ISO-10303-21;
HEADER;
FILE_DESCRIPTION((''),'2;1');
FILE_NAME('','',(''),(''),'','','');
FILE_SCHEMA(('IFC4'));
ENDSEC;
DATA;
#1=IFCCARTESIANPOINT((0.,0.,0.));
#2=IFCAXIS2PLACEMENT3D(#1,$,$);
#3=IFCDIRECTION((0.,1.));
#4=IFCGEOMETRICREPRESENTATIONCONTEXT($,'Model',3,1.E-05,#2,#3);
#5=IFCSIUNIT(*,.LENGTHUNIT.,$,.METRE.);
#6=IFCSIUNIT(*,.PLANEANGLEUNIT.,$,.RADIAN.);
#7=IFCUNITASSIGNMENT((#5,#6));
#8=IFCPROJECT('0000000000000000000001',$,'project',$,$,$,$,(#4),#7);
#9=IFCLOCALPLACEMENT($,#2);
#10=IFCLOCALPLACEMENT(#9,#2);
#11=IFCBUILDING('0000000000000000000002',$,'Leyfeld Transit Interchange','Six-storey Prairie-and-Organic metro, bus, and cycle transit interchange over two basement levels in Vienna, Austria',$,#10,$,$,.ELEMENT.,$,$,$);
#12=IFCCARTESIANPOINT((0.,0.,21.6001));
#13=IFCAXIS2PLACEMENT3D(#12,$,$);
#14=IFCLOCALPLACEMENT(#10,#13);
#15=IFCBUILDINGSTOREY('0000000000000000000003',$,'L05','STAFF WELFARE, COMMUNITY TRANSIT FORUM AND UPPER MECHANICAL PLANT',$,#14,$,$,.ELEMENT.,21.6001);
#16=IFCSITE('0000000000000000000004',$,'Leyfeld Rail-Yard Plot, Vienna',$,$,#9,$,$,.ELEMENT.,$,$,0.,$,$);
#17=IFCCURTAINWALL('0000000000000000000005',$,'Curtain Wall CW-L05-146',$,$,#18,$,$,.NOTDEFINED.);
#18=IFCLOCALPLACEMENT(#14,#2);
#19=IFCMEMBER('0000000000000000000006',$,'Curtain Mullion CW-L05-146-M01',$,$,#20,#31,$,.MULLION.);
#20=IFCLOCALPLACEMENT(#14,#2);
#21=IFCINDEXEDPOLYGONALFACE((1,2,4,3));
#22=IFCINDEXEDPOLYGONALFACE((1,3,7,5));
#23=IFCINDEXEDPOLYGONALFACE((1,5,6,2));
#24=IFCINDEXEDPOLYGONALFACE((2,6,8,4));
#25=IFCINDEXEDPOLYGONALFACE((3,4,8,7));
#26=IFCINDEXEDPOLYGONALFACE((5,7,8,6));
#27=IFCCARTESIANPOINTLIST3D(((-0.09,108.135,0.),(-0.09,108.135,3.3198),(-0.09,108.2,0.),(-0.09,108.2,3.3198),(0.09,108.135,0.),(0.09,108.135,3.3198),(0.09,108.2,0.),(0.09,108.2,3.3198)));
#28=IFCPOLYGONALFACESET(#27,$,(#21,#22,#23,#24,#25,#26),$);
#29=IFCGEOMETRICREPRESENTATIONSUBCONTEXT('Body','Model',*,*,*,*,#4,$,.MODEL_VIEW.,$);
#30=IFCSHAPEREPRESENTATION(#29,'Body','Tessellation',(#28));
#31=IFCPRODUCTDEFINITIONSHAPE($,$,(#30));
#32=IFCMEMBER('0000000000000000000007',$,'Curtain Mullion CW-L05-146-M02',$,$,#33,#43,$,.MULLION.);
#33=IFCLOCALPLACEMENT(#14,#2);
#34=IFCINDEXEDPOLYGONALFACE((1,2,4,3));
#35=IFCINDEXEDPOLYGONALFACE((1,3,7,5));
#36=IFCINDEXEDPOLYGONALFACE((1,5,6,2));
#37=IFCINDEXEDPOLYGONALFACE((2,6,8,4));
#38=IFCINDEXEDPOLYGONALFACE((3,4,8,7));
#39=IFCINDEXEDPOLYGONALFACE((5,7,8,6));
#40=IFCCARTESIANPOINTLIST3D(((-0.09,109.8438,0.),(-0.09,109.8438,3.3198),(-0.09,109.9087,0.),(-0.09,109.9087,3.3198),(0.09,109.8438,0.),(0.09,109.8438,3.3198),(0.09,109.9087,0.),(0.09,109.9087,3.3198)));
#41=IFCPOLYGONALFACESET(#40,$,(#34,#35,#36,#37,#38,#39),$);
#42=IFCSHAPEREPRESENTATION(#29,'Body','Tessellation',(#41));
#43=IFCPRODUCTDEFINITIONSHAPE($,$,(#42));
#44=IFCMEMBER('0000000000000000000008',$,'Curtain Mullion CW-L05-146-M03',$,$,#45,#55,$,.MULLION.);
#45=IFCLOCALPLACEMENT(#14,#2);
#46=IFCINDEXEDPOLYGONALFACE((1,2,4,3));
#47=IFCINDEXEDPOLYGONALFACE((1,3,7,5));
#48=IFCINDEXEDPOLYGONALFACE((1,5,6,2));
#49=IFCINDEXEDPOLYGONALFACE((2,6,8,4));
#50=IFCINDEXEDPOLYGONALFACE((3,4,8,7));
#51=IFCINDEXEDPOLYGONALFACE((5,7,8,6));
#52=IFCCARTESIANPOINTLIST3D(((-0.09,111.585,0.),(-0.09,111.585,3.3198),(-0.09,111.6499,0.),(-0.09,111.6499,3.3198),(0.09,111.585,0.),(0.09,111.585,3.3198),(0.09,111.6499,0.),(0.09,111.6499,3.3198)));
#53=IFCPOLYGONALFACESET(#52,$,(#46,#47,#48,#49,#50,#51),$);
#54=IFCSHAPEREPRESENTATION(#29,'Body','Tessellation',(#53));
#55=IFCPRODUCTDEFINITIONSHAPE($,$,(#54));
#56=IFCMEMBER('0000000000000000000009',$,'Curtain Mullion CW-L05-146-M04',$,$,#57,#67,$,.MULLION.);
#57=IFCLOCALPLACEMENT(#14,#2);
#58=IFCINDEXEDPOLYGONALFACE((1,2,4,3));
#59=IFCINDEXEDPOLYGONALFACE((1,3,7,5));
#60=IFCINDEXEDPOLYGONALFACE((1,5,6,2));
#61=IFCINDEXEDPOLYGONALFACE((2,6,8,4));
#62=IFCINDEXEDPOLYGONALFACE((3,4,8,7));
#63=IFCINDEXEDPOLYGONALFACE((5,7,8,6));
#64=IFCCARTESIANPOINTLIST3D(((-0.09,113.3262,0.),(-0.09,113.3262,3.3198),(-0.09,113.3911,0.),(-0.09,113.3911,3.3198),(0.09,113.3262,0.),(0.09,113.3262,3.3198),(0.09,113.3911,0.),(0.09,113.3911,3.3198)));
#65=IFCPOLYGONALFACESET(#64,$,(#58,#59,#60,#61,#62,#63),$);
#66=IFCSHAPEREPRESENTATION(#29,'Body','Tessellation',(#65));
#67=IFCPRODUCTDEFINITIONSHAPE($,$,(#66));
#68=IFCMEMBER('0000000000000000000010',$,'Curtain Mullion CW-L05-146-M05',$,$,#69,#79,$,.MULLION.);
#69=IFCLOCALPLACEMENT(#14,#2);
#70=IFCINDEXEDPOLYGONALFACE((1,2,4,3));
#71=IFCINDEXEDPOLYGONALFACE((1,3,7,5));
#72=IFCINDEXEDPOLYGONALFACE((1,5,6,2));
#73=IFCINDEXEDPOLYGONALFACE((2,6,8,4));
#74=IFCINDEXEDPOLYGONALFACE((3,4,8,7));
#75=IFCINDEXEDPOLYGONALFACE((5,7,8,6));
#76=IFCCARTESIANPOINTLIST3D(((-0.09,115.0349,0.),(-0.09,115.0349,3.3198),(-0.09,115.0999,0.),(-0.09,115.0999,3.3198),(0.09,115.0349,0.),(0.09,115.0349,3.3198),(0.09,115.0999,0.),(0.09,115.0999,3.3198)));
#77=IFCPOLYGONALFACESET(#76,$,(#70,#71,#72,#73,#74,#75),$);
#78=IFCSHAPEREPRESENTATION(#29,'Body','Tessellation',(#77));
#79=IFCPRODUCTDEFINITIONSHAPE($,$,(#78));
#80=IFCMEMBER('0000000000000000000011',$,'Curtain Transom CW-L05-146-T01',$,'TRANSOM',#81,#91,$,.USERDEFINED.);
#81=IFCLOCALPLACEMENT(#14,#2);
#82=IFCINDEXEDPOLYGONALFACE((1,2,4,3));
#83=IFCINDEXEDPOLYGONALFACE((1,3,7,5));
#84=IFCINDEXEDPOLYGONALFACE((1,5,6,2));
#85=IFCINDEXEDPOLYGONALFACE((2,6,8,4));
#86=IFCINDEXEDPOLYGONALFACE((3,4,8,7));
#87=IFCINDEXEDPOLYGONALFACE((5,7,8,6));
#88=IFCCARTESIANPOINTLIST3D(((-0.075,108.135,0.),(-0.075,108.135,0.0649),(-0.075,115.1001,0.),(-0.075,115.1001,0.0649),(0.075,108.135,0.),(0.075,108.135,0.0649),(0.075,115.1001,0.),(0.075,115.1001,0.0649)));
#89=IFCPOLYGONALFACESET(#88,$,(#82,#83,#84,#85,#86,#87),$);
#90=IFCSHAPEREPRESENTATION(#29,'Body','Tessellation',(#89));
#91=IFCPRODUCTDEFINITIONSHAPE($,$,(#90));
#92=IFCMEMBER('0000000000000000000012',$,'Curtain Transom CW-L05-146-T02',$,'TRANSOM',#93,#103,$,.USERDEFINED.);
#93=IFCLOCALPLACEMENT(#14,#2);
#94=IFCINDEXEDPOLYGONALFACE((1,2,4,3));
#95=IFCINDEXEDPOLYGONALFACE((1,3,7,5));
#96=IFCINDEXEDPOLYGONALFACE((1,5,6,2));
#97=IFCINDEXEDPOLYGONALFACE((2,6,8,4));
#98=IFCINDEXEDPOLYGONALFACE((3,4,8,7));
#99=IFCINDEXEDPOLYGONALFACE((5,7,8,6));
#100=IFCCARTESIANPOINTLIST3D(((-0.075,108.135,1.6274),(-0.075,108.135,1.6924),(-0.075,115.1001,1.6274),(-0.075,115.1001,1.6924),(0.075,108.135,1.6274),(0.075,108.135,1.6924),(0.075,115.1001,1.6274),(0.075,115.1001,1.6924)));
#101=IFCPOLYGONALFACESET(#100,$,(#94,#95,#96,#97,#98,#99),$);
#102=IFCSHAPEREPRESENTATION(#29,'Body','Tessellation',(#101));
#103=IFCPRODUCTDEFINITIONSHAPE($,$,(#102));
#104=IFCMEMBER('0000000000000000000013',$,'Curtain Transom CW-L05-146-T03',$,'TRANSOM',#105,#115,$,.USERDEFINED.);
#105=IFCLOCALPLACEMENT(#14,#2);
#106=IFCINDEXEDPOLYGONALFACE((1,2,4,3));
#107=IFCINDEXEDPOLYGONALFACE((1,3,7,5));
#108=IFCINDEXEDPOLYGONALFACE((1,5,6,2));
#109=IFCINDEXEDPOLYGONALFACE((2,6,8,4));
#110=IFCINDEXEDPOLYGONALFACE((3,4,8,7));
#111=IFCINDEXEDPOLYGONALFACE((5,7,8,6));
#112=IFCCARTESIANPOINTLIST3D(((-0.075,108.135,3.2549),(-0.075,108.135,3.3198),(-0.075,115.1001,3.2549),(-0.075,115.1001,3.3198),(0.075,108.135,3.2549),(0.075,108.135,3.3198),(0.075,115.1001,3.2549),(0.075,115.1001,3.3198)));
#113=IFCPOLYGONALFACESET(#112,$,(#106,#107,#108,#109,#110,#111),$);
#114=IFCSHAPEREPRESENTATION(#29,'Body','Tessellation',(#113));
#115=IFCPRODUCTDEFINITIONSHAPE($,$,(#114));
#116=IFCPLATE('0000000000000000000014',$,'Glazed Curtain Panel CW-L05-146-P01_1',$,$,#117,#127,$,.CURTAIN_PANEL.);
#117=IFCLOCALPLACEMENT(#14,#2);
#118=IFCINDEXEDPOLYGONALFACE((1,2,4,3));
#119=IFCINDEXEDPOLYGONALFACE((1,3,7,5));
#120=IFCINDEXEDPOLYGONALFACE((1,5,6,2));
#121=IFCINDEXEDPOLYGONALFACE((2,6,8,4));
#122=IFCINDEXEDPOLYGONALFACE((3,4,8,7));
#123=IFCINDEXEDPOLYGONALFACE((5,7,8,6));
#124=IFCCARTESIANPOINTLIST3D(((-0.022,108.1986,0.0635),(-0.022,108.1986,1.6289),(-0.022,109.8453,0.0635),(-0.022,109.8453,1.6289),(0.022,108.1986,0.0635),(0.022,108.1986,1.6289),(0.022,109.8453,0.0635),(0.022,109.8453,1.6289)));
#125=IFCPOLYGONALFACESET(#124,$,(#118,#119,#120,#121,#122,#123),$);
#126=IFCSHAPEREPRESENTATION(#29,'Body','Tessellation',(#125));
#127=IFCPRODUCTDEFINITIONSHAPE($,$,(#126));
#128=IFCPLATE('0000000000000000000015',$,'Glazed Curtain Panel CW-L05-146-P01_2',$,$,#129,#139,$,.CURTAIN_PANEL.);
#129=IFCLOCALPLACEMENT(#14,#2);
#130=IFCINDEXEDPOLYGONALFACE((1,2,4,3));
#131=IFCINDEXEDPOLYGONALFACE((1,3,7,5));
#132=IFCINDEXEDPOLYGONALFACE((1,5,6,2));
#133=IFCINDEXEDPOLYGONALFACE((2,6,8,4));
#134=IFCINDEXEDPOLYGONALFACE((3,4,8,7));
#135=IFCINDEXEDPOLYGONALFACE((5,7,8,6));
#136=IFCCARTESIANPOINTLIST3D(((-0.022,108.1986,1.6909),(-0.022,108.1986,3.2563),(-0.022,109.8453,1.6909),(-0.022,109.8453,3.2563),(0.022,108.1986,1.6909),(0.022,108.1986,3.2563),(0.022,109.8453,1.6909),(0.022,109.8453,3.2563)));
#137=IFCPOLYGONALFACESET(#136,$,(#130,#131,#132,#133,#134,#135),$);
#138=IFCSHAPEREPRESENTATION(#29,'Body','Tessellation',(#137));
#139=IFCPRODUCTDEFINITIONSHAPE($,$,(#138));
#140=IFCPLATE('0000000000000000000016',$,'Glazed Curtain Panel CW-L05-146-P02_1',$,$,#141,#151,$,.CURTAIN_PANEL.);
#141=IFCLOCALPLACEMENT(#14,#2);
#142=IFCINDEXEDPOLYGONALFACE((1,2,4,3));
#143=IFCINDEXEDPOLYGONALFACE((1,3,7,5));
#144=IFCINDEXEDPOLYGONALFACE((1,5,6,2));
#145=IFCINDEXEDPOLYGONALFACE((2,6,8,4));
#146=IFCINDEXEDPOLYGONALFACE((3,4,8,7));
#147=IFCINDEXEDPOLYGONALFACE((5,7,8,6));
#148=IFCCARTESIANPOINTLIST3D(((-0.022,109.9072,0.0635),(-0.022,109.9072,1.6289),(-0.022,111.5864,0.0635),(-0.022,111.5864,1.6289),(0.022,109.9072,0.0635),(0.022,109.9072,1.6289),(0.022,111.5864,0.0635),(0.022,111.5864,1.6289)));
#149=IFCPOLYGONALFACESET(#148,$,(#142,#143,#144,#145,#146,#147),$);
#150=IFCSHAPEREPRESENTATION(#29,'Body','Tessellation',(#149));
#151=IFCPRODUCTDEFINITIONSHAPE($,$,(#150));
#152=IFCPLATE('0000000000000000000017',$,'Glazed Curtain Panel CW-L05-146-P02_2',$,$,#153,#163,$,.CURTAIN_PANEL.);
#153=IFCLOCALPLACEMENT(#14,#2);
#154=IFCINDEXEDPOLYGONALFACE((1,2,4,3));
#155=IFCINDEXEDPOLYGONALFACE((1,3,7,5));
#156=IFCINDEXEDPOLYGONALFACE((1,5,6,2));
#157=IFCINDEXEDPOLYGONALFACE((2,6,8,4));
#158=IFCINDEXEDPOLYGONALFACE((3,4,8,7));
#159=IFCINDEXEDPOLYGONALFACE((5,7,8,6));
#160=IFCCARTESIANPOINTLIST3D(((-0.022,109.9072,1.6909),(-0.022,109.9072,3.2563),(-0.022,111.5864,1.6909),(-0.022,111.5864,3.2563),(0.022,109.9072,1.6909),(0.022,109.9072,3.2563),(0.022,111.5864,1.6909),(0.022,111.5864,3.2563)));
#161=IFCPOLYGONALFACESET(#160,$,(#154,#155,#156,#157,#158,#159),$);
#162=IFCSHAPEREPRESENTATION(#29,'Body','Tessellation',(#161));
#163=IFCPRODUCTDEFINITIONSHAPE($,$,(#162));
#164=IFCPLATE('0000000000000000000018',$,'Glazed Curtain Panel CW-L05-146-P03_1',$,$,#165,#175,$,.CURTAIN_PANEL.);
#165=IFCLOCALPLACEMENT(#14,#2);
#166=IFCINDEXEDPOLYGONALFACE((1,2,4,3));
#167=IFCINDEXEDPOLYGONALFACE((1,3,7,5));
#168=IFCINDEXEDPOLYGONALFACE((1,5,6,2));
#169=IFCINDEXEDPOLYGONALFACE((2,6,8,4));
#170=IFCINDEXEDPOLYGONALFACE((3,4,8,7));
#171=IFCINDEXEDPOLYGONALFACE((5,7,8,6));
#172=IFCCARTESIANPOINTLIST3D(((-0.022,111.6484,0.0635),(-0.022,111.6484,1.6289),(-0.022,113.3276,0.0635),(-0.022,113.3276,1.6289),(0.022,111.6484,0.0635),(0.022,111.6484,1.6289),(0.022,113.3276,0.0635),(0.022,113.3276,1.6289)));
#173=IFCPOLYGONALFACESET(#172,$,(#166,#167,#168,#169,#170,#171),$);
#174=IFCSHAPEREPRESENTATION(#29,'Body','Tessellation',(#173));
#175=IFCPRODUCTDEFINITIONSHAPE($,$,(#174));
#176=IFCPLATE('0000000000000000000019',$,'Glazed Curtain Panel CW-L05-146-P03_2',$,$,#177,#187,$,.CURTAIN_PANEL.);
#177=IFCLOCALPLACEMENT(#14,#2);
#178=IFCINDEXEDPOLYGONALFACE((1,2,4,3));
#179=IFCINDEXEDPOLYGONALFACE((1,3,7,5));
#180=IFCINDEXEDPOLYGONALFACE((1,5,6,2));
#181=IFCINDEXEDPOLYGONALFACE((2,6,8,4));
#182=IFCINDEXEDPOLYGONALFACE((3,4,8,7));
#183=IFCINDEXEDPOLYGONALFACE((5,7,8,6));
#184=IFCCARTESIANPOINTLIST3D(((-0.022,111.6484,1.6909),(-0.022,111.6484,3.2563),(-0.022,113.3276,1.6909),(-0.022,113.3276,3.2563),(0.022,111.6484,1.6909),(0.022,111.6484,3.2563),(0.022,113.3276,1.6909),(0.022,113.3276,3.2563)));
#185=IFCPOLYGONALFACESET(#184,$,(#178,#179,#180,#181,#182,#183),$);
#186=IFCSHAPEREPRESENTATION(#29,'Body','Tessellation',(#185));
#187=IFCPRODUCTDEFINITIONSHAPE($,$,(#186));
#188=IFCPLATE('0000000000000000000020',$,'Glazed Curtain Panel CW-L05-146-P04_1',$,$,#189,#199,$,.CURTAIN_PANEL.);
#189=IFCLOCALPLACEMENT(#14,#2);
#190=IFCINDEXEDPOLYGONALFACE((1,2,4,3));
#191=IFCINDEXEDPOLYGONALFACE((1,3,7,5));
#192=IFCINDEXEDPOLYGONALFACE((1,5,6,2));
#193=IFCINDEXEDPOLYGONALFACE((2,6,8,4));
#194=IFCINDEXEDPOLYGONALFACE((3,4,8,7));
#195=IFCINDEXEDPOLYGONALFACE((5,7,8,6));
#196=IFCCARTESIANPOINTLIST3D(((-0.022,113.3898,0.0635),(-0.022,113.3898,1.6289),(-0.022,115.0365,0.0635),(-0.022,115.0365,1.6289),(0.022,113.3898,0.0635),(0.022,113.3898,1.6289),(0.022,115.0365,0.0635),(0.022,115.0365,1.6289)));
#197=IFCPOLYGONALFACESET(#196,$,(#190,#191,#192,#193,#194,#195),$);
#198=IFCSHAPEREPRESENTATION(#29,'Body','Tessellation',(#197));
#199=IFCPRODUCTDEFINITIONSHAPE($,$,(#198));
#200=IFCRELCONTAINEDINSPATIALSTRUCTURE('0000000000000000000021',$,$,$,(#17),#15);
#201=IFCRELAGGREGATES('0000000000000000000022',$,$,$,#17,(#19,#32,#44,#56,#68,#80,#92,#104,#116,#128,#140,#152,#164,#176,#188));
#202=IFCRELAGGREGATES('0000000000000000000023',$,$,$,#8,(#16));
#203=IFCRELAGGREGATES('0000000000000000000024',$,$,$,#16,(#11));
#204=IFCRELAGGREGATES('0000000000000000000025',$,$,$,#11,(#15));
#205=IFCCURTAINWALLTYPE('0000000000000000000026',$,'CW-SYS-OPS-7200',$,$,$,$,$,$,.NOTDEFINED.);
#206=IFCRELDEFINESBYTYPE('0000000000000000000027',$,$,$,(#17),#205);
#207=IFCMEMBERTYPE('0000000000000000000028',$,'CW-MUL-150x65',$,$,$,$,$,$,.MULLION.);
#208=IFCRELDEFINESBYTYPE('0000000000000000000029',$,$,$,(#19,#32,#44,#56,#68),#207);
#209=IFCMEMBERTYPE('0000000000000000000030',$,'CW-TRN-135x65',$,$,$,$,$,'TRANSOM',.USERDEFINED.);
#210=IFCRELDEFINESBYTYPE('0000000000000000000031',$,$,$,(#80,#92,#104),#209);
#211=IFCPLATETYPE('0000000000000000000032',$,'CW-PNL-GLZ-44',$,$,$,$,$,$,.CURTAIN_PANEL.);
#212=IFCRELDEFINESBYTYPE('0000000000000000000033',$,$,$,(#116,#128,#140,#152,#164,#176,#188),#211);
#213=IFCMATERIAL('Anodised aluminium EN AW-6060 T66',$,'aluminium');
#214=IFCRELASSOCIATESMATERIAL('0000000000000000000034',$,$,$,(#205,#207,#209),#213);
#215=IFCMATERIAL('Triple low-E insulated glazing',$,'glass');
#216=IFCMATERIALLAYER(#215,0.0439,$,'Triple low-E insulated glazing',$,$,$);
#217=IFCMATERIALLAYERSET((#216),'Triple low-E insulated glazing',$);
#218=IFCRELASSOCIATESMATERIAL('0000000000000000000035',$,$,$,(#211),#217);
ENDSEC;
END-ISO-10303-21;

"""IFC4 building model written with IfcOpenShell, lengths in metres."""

from ifc_helpers import new_model, si_unit, direction, frame, origin, origin_2d, place, context, subcontext, project, spatial, rectangle, extrude, material, layer, layer_set, material_profile, profile_set, type_object, element, aggregate, save


model = new_model("IFC4")

# Units and contexts
model_context = context("Model", 3, precision=1e-05, world=origin(), true_north=direction((0.0, 1.0)))
body_context = subcontext(model_context, "Body", "Model", "MODEL_VIEW")
ifc_project = project(units=[si_unit("LENGTHUNIT", "METRE"), si_unit("PLANEANGLEUNIT", "RADIAN")], contexts=[model_context])

# Site, building, storey
site_placement = place(None, origin())
site = spatial("IfcSite", under=ifc_project, at=site_placement, Name="Leyfeld Rail-Yard Plot, Vienna", CompositionType="ELEMENT", RefElevation=0.0)
building_placement = place(site_placement, origin())
building = spatial("IfcBuilding", under=site, at=building_placement, Name="Leyfeld Transit Interchange", Description="Six-storey Prairie-and-Organic metro, bus, and cycle transit interchange over two basement levels in Vienna, Austria", CompositionType="ELEMENT")
storey_placement = place(building_placement, frame((0.0, 0.0, 21.6001)))
storey = spatial("IfcBuildingStorey", under=building, at=storey_placement, Name="L05", Description="STAFF WELFARE, COMMUNITY TRANSIT FORUM AND UPPER MECHANICAL PLANT", CompositionType="ELEMENT", Elevation=21.6001)

# Curtain wall, members, plates
ifc_material_1 = material(Name="Anodised aluminium EN AW-6060 T66", Category="aluminium")
curtain_wall_type = type_object("IfcCurtainWallType", Name="CW-SYS-OPS-7200", PredefinedType="NOTDEFINED", material=ifc_material_1)
curtain_wall_placement = place(storey_placement, origin())
curtain_wall = element("IfcCurtainWall", 1, at=curtain_wall_placement, inside=storey, type_object=curtain_wall_type, Name="Curtain Wall CW-L05-146", PredefinedType="NOTDEFINED")
ifc_material_profile_1 = material_profile(ifc_material_1, rectangle(XDim=0.0649, YDim=0.1799, at=origin_2d()), Name="CW-M 65x180")
ifc_profile_set_1 = profile_set([ifc_material_profile_1], Name="Anodised aluminium EN AW-6060 T66")
member_type_1 = type_object("IfcMemberType", Name="CW-MUL-150x65", PredefinedType="MULLION", material=ifc_profile_set_1)
member_1_placement = place(storey_placement, frame((0.0, 108.1675, 0.0), z_axis=(0.0, 0.0, 1.0), x_axis=(0.0, 1.0, 0.0)))
member_1 = element("IfcMember", 2, at=member_1_placement, type_object=member_type_1, Name="Curtain Mullion CW-L05-146-M01", PredefinedType="MULLION", context=body_context, shape_type="SweptSolid", body=[
    extrude(rectangle(XDim=0.0649, YDim=0.1799, at=origin_2d()), origin(), (0.0, 0.0, 1.0), 3.3198),
])
member_2_placement = place(storey_placement, frame((0.0, 109.8762, 0.0), z_axis=(0.0, 0.0, 1.0), x_axis=(0.0, 1.0, 0.0)))
member_2 = element("IfcMember", 3, at=member_2_placement, type_object=member_type_1, Name="Curtain Mullion CW-L05-146-M02", PredefinedType="MULLION", context=body_context, shape_type="SweptSolid", body=[
    extrude(rectangle(XDim=0.0649, YDim=0.1799, at=origin_2d()), origin(), (0.0, 0.0, 1.0), 3.3198),
])
member_3_placement = place(storey_placement, frame((0.0, 111.6174, 0.0), z_axis=(0.0, 0.0, 1.0), x_axis=(0.0, 1.0, 0.0)))
member_3 = element("IfcMember", 4, at=member_3_placement, type_object=member_type_1, Name="Curtain Mullion CW-L05-146-M03", PredefinedType="MULLION", context=body_context, shape_type="SweptSolid", body=[
    extrude(rectangle(XDim=0.0649, YDim=0.1799, at=origin_2d()), origin(), (0.0, 0.0, 1.0), 3.3198),
])
member_4_placement = place(storey_placement, frame((0.0, 113.3586, 0.0), z_axis=(0.0, 0.0, 1.0), x_axis=(0.0, 1.0, 0.0)))
member_4 = element("IfcMember", 5, at=member_4_placement, type_object=member_type_1, Name="Curtain Mullion CW-L05-146-M04", PredefinedType="MULLION", context=body_context, shape_type="SweptSolid", body=[
    extrude(rectangle(XDim=0.0649, YDim=0.1799, at=origin_2d()), origin(), (0.0, 0.0, 1.0), 3.3198),
])
member_5_placement = place(storey_placement, frame((0.0, 115.0674, 0.0), z_axis=(0.0, 0.0, 1.0), x_axis=(0.0, 1.0, 0.0)))
member_5 = element("IfcMember", 6, at=member_5_placement, type_object=member_type_1, Name="Curtain Mullion CW-L05-146-M05", PredefinedType="MULLION", context=body_context, shape_type="SweptSolid", body=[
    extrude(rectangle(XDim=0.0649, YDim=0.1799, at=origin_2d()), origin(), (0.0, 0.0, 1.0), 3.3198),
])
ifc_material_profile_2 = material_profile(ifc_material_1, rectangle(XDim=0.1499, YDim=0.0649, at=origin_2d()), Name="CW-TRN-135x65")
ifc_profile_set_2 = profile_set([ifc_material_profile_2], Name="Anodised aluminium EN AW-6060 T66")
member_type_2 = type_object("IfcMemberType", Name="CW-TRN-135x65", ElementType="TRANSOM", PredefinedType="USERDEFINED", material=ifc_profile_set_2)
member_6_placement = place(storey_placement, frame((0.0, 108.135, 0.0325), z_axis=(0.0, 1.0, 0.0), x_axis=(-1.0, 0.0, 0.0)))
member_6 = element("IfcMember", 7, at=member_6_placement, type_object=member_type_2, Name="Curtain Transom CW-L05-146-T01", ObjectType="TRANSOM", PredefinedType="USERDEFINED", context=body_context, shape_type="SweptSolid", body=[
    extrude(rectangle(XDim=0.1499, YDim=0.0649, at=origin_2d()), origin(), (0.0, 0.0, 1.0), 6.9651),
])
member_7_placement = place(storey_placement, frame((0.0, 108.135, 1.6599), z_axis=(0.0, 1.0, 0.0), x_axis=(-1.0, 0.0, 0.0)))
member_7 = element("IfcMember", 8, at=member_7_placement, type_object=member_type_2, Name="Curtain Transom CW-L05-146-T02", ObjectType="TRANSOM", PredefinedType="USERDEFINED", context=body_context, shape_type="SweptSolid", body=[
    extrude(rectangle(XDim=0.1499, YDim=0.0649, at=origin_2d()), origin(), (0.0, 0.0, 1.0), 6.9651),
])
member_8_placement = place(storey_placement, frame((0.0, 108.135, 3.2874), z_axis=(0.0, 1.0, 0.0), x_axis=(-1.0, 0.0, 0.0)))
member_8 = element("IfcMember", 9, at=member_8_placement, type_object=member_type_2, Name="Curtain Transom CW-L05-146-T03", ObjectType="TRANSOM", PredefinedType="USERDEFINED", context=body_context, shape_type="SweptSolid", body=[
    extrude(rectangle(XDim=0.1499, YDim=0.0649, at=origin_2d()), origin(), (0.0, 0.0, 1.0), 6.9651),
])
ifc_material_2 = material(Name="Triple low-E insulated glazing", Category="glass")
ifc_layer_1 = layer(ifc_material_2, 0.0439, Name="Triple low-E insulated glazing")
ifc_layer_set_1 = layer_set([ifc_layer_1], Name="Triple low-E insulated glazing")
plate_type = type_object("IfcPlateType", Name="CW-PNL-GLZ-44", PredefinedType="CURTAIN_PANEL", material=ifc_layer_set_1)
plate_1_placement = place(storey_placement, frame((0.0, 109.022, 0.0635), z_axis=(0.0, 0.0, 1.0), x_axis=(0.0, 1.0, 0.0)))
plate_1 = element("IfcPlate", 10, at=plate_1_placement, type_object=plate_type, Name="Glazed Curtain Panel CW-L05-146-P01_1", PredefinedType="CURTAIN_PANEL", context=body_context, shape_type="SweptSolid", body=[
    extrude(rectangle(XDim=1.6467, YDim=0.0439, at=origin_2d()), origin(), (0.0, 0.0, 1.0), 1.5654),
])
plate_2_placement = place(storey_placement, frame((0.0, 109.022, 1.6909), z_axis=(0.0, 0.0, 1.0), x_axis=(0.0, 1.0, 0.0)))
plate_2 = element("IfcPlate", 11, at=plate_2_placement, type_object=plate_type, Name="Glazed Curtain Panel CW-L05-146-P01_2", PredefinedType="CURTAIN_PANEL", context=body_context, shape_type="SweptSolid", body=[
    extrude(rectangle(XDim=1.6467, YDim=0.0439, at=origin_2d()), origin(), (0.0, 0.0, 1.0), 1.5654),
])
plate_3_placement = place(storey_placement, frame((0.0, 110.7468, 0.0635), z_axis=(0.0, 0.0, 1.0), x_axis=(0.0, 1.0, 0.0)))
plate_3 = element("IfcPlate", 12, at=plate_3_placement, type_object=plate_type, Name="Glazed Curtain Panel CW-L05-146-P02_1", PredefinedType="CURTAIN_PANEL", context=body_context, shape_type="SweptSolid", body=[
    extrude(rectangle(XDim=1.6792, YDim=0.0439, at=origin_2d()), origin(), (0.0, 0.0, 1.0), 1.5654),
])
plate_4_placement = place(storey_placement, frame((0.0, 110.7468, 1.6909), z_axis=(0.0, 0.0, 1.0), x_axis=(0.0, 1.0, 0.0)))
plate_4 = element("IfcPlate", 13, at=plate_4_placement, type_object=plate_type, Name="Glazed Curtain Panel CW-L05-146-P02_2", PredefinedType="CURTAIN_PANEL", context=body_context, shape_type="SweptSolid", body=[
    extrude(rectangle(XDim=1.6792, YDim=0.0439, at=origin_2d()), origin(), (0.0, 0.0, 1.0), 1.5654),
])
plate_5_placement = place(storey_placement, frame((0.0, 112.488, 0.0635), z_axis=(0.0, 0.0, 1.0), x_axis=(0.0, 1.0, 0.0)))
plate_5 = element("IfcPlate", 14, at=plate_5_placement, type_object=plate_type, Name="Glazed Curtain Panel CW-L05-146-P03_1", PredefinedType="CURTAIN_PANEL", context=body_context, shape_type="SweptSolid", body=[
    extrude(rectangle(XDim=1.6792, YDim=0.0439, at=origin_2d()), origin(), (0.0, 0.0, 1.0), 1.5654),
])
plate_6_placement = place(storey_placement, frame((0.0, 112.488, 1.6909), z_axis=(0.0, 0.0, 1.0), x_axis=(0.0, 1.0, 0.0)))
plate_6 = element("IfcPlate", 15, at=plate_6_placement, type_object=plate_type, Name="Glazed Curtain Panel CW-L05-146-P03_2", PredefinedType="CURTAIN_PANEL", context=body_context, shape_type="SweptSolid", body=[
    extrude(rectangle(XDim=1.6792, YDim=0.0439, at=origin_2d()), origin(), (0.0, 0.0, 1.0), 1.5654),
])
plate_7_placement = place(storey_placement, frame((0.0, 114.2131, 0.0635), z_axis=(0.0, 0.0, 1.0), x_axis=(0.0, 1.0, 0.0)))
plate_7 = element("IfcPlate", 16, at=plate_7_placement, type_object=plate_type, Name="Glazed Curtain Panel CW-L05-146-P04_1", PredefinedType="CURTAIN_PANEL", context=body_context, shape_type="SweptSolid", body=[
    extrude(rectangle(XDim=1.6467, YDim=0.0439, at=origin_2d()), origin(), (0.0, 0.0, 1.0), 1.5654),
])
aggregate(curtain_wall, [member_1, member_2, member_3, member_4, member_5, member_6, member_7, member_8, plate_1, plate_2, plate_3, plate_4, plate_5, plate_6, plate_7])

save(model, "model.ifc")
